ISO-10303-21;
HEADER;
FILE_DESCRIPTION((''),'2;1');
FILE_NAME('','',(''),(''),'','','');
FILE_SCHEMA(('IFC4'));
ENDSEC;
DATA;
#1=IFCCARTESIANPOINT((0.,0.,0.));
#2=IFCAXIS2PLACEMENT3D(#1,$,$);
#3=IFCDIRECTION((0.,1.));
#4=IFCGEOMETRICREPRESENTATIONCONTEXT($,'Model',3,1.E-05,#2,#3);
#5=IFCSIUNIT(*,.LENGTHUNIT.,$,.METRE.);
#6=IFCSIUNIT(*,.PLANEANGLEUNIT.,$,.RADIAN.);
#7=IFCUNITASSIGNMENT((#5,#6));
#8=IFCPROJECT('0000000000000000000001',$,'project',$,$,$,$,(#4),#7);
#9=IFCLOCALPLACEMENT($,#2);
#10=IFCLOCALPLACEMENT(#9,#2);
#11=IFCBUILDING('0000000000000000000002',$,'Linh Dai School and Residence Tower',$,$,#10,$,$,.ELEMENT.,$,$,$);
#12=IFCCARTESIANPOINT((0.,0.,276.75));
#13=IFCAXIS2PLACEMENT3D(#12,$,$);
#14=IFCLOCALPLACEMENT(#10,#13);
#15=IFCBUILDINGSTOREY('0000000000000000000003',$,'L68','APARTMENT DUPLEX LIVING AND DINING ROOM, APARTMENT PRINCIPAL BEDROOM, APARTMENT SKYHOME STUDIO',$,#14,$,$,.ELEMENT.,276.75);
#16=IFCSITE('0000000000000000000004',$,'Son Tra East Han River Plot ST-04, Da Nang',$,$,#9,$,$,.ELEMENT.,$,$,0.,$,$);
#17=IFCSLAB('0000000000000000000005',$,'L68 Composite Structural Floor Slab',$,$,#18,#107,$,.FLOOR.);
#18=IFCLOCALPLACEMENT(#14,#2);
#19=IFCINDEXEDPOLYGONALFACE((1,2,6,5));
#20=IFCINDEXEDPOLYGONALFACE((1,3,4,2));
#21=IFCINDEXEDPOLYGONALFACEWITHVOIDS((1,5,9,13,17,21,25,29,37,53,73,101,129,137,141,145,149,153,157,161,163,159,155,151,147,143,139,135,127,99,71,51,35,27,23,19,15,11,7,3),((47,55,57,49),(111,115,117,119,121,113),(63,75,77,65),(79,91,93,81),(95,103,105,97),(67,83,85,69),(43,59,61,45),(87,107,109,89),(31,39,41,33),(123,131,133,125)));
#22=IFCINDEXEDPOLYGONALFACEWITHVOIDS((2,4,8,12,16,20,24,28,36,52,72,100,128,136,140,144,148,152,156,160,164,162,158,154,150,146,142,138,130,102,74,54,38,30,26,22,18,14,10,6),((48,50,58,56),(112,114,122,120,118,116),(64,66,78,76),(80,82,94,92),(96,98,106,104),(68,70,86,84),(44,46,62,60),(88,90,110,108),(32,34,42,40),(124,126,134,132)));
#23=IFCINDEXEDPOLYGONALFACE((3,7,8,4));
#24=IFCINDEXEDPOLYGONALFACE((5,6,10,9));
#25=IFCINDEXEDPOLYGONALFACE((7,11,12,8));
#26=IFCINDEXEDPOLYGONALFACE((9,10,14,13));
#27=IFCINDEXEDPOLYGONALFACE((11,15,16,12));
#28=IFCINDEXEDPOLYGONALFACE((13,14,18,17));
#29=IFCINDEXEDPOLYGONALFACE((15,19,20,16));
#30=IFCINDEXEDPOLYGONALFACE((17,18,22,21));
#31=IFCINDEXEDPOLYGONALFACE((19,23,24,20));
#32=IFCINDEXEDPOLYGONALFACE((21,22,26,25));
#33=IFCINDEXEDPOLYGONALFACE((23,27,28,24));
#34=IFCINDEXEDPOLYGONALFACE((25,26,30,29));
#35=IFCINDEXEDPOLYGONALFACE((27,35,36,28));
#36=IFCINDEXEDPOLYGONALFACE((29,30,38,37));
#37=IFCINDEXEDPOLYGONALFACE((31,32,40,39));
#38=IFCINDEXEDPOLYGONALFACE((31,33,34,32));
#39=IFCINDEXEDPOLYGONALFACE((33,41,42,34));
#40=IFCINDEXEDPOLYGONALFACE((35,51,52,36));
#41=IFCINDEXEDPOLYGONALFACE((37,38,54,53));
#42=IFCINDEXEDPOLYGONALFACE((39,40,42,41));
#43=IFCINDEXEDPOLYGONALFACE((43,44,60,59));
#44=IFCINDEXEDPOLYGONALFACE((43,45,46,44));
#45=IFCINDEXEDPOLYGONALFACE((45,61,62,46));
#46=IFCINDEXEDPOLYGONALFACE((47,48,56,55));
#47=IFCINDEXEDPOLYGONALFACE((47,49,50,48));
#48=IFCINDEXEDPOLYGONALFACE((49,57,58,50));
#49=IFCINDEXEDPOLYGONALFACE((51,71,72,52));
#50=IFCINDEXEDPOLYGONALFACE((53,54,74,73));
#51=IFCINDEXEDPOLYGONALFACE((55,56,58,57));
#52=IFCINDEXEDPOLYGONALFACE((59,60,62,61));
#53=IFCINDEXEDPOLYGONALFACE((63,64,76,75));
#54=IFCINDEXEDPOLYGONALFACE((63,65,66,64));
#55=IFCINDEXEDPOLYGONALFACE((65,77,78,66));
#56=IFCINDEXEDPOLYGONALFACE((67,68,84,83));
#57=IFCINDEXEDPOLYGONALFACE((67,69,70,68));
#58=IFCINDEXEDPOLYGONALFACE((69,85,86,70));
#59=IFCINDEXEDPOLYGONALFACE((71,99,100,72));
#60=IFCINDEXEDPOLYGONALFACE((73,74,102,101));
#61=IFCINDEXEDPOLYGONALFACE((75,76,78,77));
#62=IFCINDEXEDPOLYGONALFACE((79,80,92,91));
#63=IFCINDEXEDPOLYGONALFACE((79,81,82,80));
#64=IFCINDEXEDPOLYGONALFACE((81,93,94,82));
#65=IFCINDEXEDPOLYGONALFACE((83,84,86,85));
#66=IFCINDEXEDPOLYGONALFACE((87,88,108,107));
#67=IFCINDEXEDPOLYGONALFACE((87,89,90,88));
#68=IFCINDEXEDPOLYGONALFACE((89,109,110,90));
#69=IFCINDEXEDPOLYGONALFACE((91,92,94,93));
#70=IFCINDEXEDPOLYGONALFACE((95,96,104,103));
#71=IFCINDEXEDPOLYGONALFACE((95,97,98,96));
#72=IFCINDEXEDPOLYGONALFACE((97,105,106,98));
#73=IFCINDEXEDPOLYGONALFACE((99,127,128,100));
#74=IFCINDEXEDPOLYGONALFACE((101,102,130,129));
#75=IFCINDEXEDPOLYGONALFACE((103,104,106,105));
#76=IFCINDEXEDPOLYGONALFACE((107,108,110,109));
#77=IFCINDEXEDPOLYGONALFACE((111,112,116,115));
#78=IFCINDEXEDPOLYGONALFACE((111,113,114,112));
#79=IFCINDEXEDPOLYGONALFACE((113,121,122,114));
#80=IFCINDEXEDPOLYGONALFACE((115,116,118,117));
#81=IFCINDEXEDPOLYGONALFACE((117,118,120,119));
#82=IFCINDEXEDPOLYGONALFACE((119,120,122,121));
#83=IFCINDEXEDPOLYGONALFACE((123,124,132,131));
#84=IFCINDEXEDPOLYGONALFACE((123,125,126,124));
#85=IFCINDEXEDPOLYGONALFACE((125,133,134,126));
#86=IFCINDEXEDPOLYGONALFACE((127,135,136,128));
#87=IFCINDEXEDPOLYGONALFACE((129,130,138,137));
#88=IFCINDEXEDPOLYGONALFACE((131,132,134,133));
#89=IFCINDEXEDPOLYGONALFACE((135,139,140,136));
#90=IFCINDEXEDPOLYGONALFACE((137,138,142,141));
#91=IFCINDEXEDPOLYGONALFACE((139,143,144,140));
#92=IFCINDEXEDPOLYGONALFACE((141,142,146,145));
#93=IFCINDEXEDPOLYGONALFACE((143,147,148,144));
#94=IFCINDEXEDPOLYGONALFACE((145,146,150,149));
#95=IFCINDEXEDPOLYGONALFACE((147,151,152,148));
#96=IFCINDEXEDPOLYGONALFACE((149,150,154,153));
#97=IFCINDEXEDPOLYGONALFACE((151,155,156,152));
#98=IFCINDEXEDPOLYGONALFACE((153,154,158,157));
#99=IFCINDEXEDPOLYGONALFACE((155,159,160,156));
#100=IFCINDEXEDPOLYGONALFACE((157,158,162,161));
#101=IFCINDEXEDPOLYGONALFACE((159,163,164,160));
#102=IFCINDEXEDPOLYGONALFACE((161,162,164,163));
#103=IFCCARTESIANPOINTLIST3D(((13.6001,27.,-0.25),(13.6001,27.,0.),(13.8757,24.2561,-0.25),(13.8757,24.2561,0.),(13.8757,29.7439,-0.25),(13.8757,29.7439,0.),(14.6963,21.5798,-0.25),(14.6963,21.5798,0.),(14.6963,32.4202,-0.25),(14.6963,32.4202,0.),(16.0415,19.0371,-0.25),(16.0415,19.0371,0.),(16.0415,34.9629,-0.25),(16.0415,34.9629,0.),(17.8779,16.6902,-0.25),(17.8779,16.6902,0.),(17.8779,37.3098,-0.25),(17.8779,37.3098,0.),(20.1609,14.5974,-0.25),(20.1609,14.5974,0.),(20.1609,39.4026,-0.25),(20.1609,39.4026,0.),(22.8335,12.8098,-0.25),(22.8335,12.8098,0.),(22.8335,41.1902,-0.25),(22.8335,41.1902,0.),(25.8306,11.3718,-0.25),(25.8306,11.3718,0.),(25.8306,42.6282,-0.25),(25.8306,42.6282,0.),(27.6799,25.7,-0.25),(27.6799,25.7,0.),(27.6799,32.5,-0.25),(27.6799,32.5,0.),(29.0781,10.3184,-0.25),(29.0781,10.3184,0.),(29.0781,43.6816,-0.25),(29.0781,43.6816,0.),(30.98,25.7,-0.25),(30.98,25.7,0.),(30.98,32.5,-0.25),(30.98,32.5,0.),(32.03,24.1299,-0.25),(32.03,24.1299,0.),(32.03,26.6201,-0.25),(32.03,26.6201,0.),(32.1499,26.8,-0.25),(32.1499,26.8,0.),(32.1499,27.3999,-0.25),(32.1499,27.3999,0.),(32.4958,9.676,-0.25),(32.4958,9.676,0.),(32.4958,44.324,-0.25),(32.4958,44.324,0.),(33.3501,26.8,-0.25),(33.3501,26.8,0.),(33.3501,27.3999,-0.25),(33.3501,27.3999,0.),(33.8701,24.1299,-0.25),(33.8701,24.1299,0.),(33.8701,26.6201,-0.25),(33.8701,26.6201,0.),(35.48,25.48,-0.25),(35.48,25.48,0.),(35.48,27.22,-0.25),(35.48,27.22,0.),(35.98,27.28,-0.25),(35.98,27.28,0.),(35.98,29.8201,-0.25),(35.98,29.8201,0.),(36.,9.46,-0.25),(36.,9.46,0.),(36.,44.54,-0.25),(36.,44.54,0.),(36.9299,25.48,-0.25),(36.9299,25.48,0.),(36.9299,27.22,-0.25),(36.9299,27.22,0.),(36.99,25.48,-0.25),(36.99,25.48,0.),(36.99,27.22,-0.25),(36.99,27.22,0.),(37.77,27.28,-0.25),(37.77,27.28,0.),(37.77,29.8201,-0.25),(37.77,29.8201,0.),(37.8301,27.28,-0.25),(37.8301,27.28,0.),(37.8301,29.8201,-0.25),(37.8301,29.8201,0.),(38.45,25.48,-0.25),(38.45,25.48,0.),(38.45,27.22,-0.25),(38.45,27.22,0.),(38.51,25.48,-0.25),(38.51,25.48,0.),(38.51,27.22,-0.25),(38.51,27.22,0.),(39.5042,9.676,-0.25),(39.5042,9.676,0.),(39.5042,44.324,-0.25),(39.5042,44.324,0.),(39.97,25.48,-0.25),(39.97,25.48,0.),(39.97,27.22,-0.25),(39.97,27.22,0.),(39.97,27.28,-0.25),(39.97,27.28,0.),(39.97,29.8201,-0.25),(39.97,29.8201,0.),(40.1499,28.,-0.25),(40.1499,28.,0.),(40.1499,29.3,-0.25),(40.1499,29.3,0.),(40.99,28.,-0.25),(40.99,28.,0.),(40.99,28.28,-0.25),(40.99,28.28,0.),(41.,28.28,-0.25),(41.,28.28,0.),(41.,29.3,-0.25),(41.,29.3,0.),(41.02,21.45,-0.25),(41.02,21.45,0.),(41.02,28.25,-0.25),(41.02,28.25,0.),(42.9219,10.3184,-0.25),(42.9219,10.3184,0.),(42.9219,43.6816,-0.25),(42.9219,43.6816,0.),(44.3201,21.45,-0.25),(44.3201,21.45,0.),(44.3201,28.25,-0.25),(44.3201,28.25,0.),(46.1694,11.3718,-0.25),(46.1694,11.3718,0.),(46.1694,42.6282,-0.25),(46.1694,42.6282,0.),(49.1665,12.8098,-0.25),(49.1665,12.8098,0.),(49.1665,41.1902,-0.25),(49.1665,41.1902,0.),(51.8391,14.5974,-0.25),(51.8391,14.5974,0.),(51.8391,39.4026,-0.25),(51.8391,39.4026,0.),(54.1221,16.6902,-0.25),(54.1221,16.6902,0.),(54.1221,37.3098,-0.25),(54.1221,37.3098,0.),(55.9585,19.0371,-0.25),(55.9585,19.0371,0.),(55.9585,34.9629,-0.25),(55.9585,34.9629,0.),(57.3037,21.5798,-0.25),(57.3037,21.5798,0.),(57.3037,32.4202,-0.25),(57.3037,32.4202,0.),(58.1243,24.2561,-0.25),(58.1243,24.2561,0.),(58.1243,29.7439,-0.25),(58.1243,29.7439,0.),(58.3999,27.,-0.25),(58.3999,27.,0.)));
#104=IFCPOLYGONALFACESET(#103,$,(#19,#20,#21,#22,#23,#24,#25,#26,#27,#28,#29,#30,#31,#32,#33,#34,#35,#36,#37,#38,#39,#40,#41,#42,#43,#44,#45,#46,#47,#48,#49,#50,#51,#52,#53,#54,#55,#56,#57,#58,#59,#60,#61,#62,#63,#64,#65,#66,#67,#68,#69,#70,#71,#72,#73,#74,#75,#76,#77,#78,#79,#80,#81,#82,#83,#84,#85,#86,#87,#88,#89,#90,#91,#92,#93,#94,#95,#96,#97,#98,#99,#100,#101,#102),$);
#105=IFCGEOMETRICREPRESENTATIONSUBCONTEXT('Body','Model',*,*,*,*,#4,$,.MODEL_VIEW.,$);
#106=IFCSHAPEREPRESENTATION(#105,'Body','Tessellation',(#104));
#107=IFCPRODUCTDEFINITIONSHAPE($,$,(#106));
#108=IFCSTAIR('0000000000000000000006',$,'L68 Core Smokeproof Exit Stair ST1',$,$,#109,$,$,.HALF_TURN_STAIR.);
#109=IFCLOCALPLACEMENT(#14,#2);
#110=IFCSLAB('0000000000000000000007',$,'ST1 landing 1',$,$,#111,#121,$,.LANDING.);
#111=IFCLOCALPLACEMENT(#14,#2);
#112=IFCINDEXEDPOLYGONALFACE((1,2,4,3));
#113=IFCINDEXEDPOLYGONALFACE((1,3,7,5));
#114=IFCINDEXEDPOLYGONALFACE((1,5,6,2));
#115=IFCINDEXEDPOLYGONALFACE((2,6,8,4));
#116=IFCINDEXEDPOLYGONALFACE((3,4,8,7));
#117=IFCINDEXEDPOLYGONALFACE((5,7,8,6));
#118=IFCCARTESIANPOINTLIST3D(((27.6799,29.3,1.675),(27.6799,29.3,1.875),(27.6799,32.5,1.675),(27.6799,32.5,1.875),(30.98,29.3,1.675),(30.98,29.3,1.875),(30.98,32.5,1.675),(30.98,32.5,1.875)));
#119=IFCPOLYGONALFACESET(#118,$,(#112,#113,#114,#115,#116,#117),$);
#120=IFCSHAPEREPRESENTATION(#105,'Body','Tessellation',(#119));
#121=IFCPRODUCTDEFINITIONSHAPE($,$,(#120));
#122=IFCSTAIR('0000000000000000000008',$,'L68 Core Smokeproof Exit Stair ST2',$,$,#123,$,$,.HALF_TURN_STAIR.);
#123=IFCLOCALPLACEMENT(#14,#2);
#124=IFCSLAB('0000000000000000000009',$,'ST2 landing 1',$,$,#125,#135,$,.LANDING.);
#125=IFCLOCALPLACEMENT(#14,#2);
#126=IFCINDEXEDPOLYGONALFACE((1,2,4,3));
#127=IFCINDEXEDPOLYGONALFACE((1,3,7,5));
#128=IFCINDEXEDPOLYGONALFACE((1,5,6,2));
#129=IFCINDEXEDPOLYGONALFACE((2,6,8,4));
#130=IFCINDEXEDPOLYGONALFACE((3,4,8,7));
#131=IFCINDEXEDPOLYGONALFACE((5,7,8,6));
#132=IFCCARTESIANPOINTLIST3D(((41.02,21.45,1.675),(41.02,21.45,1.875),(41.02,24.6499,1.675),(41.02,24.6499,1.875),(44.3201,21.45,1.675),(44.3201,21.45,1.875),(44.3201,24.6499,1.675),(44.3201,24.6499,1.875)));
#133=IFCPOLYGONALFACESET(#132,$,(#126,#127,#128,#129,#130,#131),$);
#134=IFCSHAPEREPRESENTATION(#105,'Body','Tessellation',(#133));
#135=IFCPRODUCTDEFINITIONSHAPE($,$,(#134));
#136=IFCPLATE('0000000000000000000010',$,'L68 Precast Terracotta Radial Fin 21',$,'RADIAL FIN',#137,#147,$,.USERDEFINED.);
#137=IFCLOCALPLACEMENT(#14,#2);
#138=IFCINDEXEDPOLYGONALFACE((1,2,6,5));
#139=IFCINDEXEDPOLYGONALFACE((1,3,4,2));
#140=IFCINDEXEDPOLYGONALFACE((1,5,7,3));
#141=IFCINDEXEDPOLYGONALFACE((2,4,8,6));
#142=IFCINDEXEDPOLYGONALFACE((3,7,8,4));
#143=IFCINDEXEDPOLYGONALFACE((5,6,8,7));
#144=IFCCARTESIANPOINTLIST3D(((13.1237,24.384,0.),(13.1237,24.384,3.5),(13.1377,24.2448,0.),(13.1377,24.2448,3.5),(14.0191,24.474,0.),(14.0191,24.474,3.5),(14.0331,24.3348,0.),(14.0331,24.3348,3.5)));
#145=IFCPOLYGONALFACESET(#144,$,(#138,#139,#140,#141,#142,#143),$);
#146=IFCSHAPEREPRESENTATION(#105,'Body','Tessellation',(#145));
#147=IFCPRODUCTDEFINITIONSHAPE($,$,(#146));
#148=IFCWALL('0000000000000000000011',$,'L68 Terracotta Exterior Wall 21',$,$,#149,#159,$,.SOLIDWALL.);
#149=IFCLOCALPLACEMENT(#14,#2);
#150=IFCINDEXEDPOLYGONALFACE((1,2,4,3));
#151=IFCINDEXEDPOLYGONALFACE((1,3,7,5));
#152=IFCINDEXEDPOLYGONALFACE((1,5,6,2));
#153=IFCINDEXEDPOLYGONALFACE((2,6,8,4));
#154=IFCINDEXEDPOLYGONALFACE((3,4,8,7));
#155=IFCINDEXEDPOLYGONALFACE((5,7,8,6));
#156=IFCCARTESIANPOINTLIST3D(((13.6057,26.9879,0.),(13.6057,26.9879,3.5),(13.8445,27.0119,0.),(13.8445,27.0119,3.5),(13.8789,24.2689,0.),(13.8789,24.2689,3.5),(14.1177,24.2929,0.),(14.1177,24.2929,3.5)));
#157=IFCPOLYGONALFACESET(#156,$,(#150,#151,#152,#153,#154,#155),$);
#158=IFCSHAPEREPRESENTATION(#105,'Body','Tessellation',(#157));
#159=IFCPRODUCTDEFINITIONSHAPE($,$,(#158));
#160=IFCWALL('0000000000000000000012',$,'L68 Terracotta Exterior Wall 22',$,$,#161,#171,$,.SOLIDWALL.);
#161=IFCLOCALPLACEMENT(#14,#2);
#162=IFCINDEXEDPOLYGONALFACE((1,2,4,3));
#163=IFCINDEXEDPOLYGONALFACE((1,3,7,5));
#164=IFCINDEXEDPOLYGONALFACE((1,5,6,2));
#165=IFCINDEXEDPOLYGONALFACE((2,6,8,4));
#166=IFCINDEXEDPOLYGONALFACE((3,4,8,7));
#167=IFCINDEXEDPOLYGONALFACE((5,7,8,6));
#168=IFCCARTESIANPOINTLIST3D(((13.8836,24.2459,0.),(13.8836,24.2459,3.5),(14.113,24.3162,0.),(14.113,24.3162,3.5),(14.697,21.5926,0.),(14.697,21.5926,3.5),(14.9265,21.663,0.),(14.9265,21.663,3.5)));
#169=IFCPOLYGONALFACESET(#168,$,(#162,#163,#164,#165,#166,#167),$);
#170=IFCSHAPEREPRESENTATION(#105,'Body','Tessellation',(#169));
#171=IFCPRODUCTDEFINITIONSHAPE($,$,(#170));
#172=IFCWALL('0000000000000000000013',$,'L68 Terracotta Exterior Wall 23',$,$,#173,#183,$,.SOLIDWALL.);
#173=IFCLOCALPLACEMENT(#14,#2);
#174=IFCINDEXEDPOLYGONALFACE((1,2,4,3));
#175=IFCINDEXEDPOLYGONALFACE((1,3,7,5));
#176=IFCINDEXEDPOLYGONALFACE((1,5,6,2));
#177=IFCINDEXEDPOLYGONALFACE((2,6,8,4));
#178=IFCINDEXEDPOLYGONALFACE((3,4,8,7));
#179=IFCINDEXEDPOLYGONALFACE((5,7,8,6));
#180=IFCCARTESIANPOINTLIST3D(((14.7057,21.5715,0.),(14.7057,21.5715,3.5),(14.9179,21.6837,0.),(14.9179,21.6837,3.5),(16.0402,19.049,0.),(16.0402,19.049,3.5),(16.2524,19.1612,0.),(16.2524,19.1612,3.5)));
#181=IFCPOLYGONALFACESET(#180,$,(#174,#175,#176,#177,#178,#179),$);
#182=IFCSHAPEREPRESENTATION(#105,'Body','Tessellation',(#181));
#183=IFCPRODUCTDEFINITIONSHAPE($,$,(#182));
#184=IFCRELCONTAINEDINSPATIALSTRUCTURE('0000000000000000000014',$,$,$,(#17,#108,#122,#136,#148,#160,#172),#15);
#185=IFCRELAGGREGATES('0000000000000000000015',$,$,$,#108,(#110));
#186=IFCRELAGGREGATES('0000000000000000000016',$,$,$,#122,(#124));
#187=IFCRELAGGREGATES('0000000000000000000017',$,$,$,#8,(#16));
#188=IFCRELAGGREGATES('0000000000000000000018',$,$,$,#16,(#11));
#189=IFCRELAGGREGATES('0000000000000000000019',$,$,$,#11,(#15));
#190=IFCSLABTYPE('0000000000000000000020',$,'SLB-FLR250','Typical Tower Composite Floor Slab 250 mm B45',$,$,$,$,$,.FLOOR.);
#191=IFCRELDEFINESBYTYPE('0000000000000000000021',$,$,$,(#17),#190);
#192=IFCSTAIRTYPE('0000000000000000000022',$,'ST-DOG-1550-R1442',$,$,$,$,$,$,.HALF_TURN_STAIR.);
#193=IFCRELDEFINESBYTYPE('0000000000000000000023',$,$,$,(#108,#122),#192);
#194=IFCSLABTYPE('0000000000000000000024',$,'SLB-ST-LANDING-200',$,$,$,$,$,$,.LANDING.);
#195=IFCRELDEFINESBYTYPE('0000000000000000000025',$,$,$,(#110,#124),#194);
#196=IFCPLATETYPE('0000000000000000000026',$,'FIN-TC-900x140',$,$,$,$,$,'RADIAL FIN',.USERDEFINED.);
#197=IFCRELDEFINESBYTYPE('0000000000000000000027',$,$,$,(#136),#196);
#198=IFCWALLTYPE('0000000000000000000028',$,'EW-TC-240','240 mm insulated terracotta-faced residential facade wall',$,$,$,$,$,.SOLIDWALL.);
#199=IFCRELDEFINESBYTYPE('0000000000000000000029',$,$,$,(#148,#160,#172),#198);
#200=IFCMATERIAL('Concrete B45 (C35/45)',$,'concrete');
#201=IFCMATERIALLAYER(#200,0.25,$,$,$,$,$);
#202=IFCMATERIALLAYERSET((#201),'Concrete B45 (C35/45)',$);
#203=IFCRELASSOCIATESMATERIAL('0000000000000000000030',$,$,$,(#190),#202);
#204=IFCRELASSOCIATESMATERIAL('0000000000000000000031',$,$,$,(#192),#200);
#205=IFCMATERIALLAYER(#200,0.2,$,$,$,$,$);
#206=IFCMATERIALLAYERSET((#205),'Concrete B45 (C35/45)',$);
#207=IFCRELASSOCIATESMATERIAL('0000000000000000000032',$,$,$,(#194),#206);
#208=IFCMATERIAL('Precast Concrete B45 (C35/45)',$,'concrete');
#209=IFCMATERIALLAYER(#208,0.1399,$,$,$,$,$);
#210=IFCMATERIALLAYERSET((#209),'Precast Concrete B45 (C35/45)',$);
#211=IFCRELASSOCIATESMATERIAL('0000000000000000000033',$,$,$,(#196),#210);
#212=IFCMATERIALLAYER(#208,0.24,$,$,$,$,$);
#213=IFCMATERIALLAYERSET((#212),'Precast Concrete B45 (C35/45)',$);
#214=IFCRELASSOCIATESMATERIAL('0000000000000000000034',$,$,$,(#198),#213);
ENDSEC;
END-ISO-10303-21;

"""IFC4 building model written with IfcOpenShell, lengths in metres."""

from ifc_helpers import new_model, si_unit, direction, frame, frame_2d, origin, origin_2d, place, context, subcontext, project, spatial, polyline, rectangle, outline, extrude, source, transform, mapped, material, layer, layer_set, type_object, element, aggregate, save


model = new_model("IFC4")

# Units and contexts
model_context = context("Model", 3, precision=1e-05, world=origin(), true_north=direction((0.0, 1.0)))
body_context = subcontext(model_context, "Body", "Model", "MODEL_VIEW")
ifc_project = project(units=[si_unit("LENGTHUNIT", "METRE"), si_unit("PLANEANGLEUNIT", "RADIAN")], contexts=[model_context])

# Site, building, storey
site_placement = place(None, origin())
site = spatial("IfcSite", under=ifc_project, at=site_placement, Name="Son Tra East Han River Plot ST-04, Da Nang", CompositionType="ELEMENT", RefElevation=0.0)
building_placement = place(site_placement, origin())
building = spatial("IfcBuilding", under=site, at=building_placement, Name="Linh Dai School and Residence Tower", CompositionType="ELEMENT")
storey_placement = place(building_placement, frame((0.0, 0.0, 276.75)))
storey = spatial("IfcBuildingStorey", under=building, at=storey_placement, Name="L68", Description="APARTMENT DUPLEX LIVING AND DINING ROOM, APARTMENT PRINCIPAL BEDROOM, APARTMENT SKYHOME STUDIO", CompositionType="ELEMENT", Elevation=276.75)

# Slab
ifc_material_1 = material(Name="Concrete B45 (C35/45)", Category="concrete")
ifc_layer_1 = layer(ifc_material_1, 0.25)
ifc_layer_set_1 = layer_set([ifc_layer_1], Name="Concrete B45 (C35/45)")
slab_type_1 = type_object("IfcSlabType", Name="SLB-FLR250", Description="Typical Tower Composite Floor Slab 250 mm B45", PredefinedType="FLOOR", material=ifc_layer_set_1)
slab_1_placement = place(storey_placement, frame((0.0, 0.0, -0.25)))
element("IfcSlab", 1, at=slab_1_placement, inside=storey, type_object=slab_type_1, Name="L68 Composite Structural Floor Slab", PredefinedType="FLOOR", context=body_context, shape_type="SweptSolid", body=[
    extrude(outline(polyline([(58.3999, 27.0), (58.1243, 29.7439), (57.3037, 32.4202), (55.9585, 34.9629), (54.1221, 37.3098), (51.8391, 39.4026), (49.1665, 41.1902), (46.1694, 42.6282), (42.9219, 43.6816), (39.5042, 44.324), (36.0, 44.54), (32.4958, 44.324), (29.0781, 43.6816), (25.8306, 42.6282), (22.8335, 41.1902), (20.1609, 39.4026), (17.8779, 37.3098), (16.0415, 34.9629), (14.6963, 32.4202), (13.8757, 29.7439), (13.6001, 27.0), (13.8757, 24.2561), (14.6963, 21.5798), (16.0415, 19.0371), (17.8779, 16.6902), (20.1609, 14.5974), (22.8335, 12.8098), (25.8306, 11.3718), (29.0781, 10.3184), (32.4958, 9.676), (36.0, 9.46), (39.5042, 9.676), (42.9219, 10.3184), (46.1694, 11.3718), (49.1665, 12.8098), (51.8391, 14.5974), (54.1221, 16.6902), (55.9585, 19.0371), (57.3037, 21.5798), (58.1243, 24.2561), (58.3999, 27.0)]), holes=[polyline([(30.98, 25.7), (30.98, 32.5), (27.6799, 32.5), (27.6799, 25.7), (30.98, 25.7)]), polyline([(41.02, 28.25), (41.02, 21.45), (44.3201, 21.45), (44.3201, 28.25), (41.02, 28.25)]), polyline([(35.98, 27.28), (37.77, 27.28), (37.77, 29.8201), (35.98, 29.8201), (35.98, 27.28)]), polyline([(32.03, 24.1299), (33.8701, 24.1299), (33.8701, 26.6201), (32.03, 26.6201), (32.03, 24.1299)]), polyline([(37.8301, 27.28), (39.97, 27.28), (39.97, 29.8201), (37.8301, 29.8201), (37.8301, 27.28)]), polyline([(35.48, 25.48), (36.9299, 25.48), (36.9299, 27.22), (35.48, 27.22), (35.48, 25.48)]), polyline([(36.99, 25.48), (38.45, 25.48), (38.45, 27.22), (36.99, 27.22), (36.99, 25.48)]), polyline([(38.51, 25.48), (39.97, 25.48), (39.97, 27.22), (38.51, 27.22), (38.51, 25.48)]), polyline([(40.1499, 28.0), (40.1499, 29.3), (41.0, 29.3), (41.0, 28.28), (40.99, 28.28), (40.99, 28.0), (40.1499, 28.0)]), polyline([(32.1499, 26.8), (33.3501, 26.8), (33.3501, 27.3999), (32.1499, 27.3999), (32.1499, 26.8)])]), origin(), (0.0, 0.0, 1.0), 0.25),
])

# Stairs, slabs
stair_type = type_object("IfcStairType", Name="ST-DOG-1550-R1442", PredefinedType="HALF_TURN_STAIR", material=ifc_material_1)
stair_1_placement = place(storey_placement, origin())
stair_1 = element("IfcStair", 2, at=stair_1_placement, inside=storey, type_object=stair_type, Name="L68 Core Smokeproof Exit Stair ST1", PredefinedType="HALF_TURN_STAIR")
ifc_layer_2 = layer(ifc_material_1, 0.2)
ifc_layer_set_2 = layer_set([ifc_layer_2], Name="Concrete B45 (C35/45)")
slab_type_2 = type_object("IfcSlabType", Name="SLB-ST-LANDING-200", PredefinedType="LANDING", material=ifc_layer_set_2)
slab_2_placement = place(storey_placement, frame((0.0, 0.0, 1.675)))
slab_2 = element("IfcSlab", 3, at=slab_2_placement, type_object=slab_type_2, Name="ST1 landing 1", PredefinedType="LANDING", context=body_context, shape_type="SweptSolid", body=[
    extrude(outline(polyline([(30.98, 29.3), (30.98, 32.5), (27.6799, 32.5), (27.6799, 29.3), (30.98, 29.3)])), origin(), (0.0, 0.0, 1.0), 0.2),
])
aggregate(stair_1, [slab_2])
stair_2_placement = place(storey_placement, origin())
stair_2 = element("IfcStair", 4, at=stair_2_placement, inside=storey, type_object=stair_type, Name="L68 Core Smokeproof Exit Stair ST2", PredefinedType="HALF_TURN_STAIR")
slab_3_placement = place(storey_placement, frame((0.0, 0.0, 1.675)))
slab_3 = element("IfcSlab", 5, at=slab_3_placement, type_object=slab_type_2, Name="ST2 landing 1", PredefinedType="LANDING", context=body_context, shape_type="SweptSolid", body=[
    extrude(outline(polyline([(41.02, 24.6499), (41.02, 21.45), (44.3201, 21.45), (44.3201, 24.6499), (41.02, 24.6499)])), origin(), (0.0, 0.0, 1.0), 0.2),
])
aggregate(stair_2, [slab_3])

# Plate
ifc_material_2 = material(Name="Precast Concrete B45 (C35/45)", Category="concrete")
ifc_layer_3 = layer(ifc_material_2, 0.1399)
ifc_layer_set_3 = layer_set([ifc_layer_3], Name="Precast Concrete B45 (C35/45)")
plate_type = type_object("IfcPlateType", Name="FIN-TC-900x140", ElementType="RADIAL FIN", PredefinedType="USERDEFINED", material=ifc_layer_set_3)
shared_shape_1 = source(origin(), body_context, "Body", "SweptSolid", [
    extrude(rectangle(XDim=0.8999, YDim=0.1399, at=origin_2d()), origin(), (0.0, 0.0, 1.0), 3.5),
])
plate_placement = place(storey_placement, frame((13.5784, 24.3594, 0.0), z_axis=(0.0, 0.0, 1.0), x_axis=(-0.994987, -0.100008, 0.0)))
element("IfcPlate", 6, at=plate_placement, inside=storey, type_object=plate_type, Name="L68 Precast Terracotta Radial Fin 21", ObjectType="RADIAL FIN", PredefinedType="USERDEFINED", context=body_context, shape_type="MappedRepresentation", body=[
    mapped(shared_shape_1, transform((0.0, 0.0, 0.0), x_axis=(1.0, 0.0, 0.0), y_axis=(0.0, 1.0, 0.0), z_axis=(0.0, 0.0, 1.0), scale=1.0)),
])

# Walls
ifc_layer_4 = layer(ifc_material_2, 0.24)
ifc_layer_set_4 = layer_set([ifc_layer_4], Name="Precast Concrete B45 (C35/45)")
wall_type_1 = type_object("IfcWallType", Name="EW-TC-240", Description="240 mm insulated terracotta-faced residential facade wall", PredefinedType="SOLIDWALL", material=ifc_layer_set_4)
wall_1_placement = place(storey_placement, frame((13.9983, 24.281, 0.0), z_axis=(0.0, 0.0, 1.0), x_axis=(-0.099973, 0.99499, 0.0)))
element("IfcWall", 7, at=wall_1_placement, inside=storey, type_object=wall_type_1, Name="L68 Terracotta Exterior Wall 21", PredefinedType="SOLIDWALL", context=body_context, shape_type="SweptSolid", body=[
    extrude(rectangle(XDim=2.7327, YDim=0.24, at=frame_2d((1.3662, 0.0))), origin(), (0.0, 0.0, 1.0), 3.5),
])
wall_2_placement = place(storey_placement, frame((14.8118, 21.6277, 0.0), z_axis=(0.0, 0.0, 1.0), x_axis=(-0.293121, 0.956075, 0.0)))
element("IfcWall", 8, at=wall_2_placement, inside=storey, type_object=wall_type_1, Name="L68 Terracotta Exterior Wall 22", PredefinedType="SOLIDWALL", context=body_context, shape_type="SweptSolid", body=[
    extrude(rectangle(XDim=2.7751, YDim=0.24, at=frame_2d((1.3877, 0.0))), origin(), (0.0, 0.0, 1.0), 3.5),
])
wall_3_placement = place(storey_placement, frame((16.1462, 19.1052, 0.0), z_axis=(0.0, 0.0, 1.0), x_axis=(-0.467628, 0.883925, 0.0)))
element("IfcWall", 9, at=wall_3_placement, inside=storey, type_object=wall_type_1, Name="L68 Terracotta Exterior Wall 23", PredefinedType="SOLIDWALL", context=body_context, shape_type="SweptSolid", body=[
    extrude(rectangle(XDim=2.8538, YDim=0.24, at=frame_2d((1.4268, 0.0))), origin(), (0.0, 0.0, 1.0), 3.5),
])

save(model, "model.ifc")
